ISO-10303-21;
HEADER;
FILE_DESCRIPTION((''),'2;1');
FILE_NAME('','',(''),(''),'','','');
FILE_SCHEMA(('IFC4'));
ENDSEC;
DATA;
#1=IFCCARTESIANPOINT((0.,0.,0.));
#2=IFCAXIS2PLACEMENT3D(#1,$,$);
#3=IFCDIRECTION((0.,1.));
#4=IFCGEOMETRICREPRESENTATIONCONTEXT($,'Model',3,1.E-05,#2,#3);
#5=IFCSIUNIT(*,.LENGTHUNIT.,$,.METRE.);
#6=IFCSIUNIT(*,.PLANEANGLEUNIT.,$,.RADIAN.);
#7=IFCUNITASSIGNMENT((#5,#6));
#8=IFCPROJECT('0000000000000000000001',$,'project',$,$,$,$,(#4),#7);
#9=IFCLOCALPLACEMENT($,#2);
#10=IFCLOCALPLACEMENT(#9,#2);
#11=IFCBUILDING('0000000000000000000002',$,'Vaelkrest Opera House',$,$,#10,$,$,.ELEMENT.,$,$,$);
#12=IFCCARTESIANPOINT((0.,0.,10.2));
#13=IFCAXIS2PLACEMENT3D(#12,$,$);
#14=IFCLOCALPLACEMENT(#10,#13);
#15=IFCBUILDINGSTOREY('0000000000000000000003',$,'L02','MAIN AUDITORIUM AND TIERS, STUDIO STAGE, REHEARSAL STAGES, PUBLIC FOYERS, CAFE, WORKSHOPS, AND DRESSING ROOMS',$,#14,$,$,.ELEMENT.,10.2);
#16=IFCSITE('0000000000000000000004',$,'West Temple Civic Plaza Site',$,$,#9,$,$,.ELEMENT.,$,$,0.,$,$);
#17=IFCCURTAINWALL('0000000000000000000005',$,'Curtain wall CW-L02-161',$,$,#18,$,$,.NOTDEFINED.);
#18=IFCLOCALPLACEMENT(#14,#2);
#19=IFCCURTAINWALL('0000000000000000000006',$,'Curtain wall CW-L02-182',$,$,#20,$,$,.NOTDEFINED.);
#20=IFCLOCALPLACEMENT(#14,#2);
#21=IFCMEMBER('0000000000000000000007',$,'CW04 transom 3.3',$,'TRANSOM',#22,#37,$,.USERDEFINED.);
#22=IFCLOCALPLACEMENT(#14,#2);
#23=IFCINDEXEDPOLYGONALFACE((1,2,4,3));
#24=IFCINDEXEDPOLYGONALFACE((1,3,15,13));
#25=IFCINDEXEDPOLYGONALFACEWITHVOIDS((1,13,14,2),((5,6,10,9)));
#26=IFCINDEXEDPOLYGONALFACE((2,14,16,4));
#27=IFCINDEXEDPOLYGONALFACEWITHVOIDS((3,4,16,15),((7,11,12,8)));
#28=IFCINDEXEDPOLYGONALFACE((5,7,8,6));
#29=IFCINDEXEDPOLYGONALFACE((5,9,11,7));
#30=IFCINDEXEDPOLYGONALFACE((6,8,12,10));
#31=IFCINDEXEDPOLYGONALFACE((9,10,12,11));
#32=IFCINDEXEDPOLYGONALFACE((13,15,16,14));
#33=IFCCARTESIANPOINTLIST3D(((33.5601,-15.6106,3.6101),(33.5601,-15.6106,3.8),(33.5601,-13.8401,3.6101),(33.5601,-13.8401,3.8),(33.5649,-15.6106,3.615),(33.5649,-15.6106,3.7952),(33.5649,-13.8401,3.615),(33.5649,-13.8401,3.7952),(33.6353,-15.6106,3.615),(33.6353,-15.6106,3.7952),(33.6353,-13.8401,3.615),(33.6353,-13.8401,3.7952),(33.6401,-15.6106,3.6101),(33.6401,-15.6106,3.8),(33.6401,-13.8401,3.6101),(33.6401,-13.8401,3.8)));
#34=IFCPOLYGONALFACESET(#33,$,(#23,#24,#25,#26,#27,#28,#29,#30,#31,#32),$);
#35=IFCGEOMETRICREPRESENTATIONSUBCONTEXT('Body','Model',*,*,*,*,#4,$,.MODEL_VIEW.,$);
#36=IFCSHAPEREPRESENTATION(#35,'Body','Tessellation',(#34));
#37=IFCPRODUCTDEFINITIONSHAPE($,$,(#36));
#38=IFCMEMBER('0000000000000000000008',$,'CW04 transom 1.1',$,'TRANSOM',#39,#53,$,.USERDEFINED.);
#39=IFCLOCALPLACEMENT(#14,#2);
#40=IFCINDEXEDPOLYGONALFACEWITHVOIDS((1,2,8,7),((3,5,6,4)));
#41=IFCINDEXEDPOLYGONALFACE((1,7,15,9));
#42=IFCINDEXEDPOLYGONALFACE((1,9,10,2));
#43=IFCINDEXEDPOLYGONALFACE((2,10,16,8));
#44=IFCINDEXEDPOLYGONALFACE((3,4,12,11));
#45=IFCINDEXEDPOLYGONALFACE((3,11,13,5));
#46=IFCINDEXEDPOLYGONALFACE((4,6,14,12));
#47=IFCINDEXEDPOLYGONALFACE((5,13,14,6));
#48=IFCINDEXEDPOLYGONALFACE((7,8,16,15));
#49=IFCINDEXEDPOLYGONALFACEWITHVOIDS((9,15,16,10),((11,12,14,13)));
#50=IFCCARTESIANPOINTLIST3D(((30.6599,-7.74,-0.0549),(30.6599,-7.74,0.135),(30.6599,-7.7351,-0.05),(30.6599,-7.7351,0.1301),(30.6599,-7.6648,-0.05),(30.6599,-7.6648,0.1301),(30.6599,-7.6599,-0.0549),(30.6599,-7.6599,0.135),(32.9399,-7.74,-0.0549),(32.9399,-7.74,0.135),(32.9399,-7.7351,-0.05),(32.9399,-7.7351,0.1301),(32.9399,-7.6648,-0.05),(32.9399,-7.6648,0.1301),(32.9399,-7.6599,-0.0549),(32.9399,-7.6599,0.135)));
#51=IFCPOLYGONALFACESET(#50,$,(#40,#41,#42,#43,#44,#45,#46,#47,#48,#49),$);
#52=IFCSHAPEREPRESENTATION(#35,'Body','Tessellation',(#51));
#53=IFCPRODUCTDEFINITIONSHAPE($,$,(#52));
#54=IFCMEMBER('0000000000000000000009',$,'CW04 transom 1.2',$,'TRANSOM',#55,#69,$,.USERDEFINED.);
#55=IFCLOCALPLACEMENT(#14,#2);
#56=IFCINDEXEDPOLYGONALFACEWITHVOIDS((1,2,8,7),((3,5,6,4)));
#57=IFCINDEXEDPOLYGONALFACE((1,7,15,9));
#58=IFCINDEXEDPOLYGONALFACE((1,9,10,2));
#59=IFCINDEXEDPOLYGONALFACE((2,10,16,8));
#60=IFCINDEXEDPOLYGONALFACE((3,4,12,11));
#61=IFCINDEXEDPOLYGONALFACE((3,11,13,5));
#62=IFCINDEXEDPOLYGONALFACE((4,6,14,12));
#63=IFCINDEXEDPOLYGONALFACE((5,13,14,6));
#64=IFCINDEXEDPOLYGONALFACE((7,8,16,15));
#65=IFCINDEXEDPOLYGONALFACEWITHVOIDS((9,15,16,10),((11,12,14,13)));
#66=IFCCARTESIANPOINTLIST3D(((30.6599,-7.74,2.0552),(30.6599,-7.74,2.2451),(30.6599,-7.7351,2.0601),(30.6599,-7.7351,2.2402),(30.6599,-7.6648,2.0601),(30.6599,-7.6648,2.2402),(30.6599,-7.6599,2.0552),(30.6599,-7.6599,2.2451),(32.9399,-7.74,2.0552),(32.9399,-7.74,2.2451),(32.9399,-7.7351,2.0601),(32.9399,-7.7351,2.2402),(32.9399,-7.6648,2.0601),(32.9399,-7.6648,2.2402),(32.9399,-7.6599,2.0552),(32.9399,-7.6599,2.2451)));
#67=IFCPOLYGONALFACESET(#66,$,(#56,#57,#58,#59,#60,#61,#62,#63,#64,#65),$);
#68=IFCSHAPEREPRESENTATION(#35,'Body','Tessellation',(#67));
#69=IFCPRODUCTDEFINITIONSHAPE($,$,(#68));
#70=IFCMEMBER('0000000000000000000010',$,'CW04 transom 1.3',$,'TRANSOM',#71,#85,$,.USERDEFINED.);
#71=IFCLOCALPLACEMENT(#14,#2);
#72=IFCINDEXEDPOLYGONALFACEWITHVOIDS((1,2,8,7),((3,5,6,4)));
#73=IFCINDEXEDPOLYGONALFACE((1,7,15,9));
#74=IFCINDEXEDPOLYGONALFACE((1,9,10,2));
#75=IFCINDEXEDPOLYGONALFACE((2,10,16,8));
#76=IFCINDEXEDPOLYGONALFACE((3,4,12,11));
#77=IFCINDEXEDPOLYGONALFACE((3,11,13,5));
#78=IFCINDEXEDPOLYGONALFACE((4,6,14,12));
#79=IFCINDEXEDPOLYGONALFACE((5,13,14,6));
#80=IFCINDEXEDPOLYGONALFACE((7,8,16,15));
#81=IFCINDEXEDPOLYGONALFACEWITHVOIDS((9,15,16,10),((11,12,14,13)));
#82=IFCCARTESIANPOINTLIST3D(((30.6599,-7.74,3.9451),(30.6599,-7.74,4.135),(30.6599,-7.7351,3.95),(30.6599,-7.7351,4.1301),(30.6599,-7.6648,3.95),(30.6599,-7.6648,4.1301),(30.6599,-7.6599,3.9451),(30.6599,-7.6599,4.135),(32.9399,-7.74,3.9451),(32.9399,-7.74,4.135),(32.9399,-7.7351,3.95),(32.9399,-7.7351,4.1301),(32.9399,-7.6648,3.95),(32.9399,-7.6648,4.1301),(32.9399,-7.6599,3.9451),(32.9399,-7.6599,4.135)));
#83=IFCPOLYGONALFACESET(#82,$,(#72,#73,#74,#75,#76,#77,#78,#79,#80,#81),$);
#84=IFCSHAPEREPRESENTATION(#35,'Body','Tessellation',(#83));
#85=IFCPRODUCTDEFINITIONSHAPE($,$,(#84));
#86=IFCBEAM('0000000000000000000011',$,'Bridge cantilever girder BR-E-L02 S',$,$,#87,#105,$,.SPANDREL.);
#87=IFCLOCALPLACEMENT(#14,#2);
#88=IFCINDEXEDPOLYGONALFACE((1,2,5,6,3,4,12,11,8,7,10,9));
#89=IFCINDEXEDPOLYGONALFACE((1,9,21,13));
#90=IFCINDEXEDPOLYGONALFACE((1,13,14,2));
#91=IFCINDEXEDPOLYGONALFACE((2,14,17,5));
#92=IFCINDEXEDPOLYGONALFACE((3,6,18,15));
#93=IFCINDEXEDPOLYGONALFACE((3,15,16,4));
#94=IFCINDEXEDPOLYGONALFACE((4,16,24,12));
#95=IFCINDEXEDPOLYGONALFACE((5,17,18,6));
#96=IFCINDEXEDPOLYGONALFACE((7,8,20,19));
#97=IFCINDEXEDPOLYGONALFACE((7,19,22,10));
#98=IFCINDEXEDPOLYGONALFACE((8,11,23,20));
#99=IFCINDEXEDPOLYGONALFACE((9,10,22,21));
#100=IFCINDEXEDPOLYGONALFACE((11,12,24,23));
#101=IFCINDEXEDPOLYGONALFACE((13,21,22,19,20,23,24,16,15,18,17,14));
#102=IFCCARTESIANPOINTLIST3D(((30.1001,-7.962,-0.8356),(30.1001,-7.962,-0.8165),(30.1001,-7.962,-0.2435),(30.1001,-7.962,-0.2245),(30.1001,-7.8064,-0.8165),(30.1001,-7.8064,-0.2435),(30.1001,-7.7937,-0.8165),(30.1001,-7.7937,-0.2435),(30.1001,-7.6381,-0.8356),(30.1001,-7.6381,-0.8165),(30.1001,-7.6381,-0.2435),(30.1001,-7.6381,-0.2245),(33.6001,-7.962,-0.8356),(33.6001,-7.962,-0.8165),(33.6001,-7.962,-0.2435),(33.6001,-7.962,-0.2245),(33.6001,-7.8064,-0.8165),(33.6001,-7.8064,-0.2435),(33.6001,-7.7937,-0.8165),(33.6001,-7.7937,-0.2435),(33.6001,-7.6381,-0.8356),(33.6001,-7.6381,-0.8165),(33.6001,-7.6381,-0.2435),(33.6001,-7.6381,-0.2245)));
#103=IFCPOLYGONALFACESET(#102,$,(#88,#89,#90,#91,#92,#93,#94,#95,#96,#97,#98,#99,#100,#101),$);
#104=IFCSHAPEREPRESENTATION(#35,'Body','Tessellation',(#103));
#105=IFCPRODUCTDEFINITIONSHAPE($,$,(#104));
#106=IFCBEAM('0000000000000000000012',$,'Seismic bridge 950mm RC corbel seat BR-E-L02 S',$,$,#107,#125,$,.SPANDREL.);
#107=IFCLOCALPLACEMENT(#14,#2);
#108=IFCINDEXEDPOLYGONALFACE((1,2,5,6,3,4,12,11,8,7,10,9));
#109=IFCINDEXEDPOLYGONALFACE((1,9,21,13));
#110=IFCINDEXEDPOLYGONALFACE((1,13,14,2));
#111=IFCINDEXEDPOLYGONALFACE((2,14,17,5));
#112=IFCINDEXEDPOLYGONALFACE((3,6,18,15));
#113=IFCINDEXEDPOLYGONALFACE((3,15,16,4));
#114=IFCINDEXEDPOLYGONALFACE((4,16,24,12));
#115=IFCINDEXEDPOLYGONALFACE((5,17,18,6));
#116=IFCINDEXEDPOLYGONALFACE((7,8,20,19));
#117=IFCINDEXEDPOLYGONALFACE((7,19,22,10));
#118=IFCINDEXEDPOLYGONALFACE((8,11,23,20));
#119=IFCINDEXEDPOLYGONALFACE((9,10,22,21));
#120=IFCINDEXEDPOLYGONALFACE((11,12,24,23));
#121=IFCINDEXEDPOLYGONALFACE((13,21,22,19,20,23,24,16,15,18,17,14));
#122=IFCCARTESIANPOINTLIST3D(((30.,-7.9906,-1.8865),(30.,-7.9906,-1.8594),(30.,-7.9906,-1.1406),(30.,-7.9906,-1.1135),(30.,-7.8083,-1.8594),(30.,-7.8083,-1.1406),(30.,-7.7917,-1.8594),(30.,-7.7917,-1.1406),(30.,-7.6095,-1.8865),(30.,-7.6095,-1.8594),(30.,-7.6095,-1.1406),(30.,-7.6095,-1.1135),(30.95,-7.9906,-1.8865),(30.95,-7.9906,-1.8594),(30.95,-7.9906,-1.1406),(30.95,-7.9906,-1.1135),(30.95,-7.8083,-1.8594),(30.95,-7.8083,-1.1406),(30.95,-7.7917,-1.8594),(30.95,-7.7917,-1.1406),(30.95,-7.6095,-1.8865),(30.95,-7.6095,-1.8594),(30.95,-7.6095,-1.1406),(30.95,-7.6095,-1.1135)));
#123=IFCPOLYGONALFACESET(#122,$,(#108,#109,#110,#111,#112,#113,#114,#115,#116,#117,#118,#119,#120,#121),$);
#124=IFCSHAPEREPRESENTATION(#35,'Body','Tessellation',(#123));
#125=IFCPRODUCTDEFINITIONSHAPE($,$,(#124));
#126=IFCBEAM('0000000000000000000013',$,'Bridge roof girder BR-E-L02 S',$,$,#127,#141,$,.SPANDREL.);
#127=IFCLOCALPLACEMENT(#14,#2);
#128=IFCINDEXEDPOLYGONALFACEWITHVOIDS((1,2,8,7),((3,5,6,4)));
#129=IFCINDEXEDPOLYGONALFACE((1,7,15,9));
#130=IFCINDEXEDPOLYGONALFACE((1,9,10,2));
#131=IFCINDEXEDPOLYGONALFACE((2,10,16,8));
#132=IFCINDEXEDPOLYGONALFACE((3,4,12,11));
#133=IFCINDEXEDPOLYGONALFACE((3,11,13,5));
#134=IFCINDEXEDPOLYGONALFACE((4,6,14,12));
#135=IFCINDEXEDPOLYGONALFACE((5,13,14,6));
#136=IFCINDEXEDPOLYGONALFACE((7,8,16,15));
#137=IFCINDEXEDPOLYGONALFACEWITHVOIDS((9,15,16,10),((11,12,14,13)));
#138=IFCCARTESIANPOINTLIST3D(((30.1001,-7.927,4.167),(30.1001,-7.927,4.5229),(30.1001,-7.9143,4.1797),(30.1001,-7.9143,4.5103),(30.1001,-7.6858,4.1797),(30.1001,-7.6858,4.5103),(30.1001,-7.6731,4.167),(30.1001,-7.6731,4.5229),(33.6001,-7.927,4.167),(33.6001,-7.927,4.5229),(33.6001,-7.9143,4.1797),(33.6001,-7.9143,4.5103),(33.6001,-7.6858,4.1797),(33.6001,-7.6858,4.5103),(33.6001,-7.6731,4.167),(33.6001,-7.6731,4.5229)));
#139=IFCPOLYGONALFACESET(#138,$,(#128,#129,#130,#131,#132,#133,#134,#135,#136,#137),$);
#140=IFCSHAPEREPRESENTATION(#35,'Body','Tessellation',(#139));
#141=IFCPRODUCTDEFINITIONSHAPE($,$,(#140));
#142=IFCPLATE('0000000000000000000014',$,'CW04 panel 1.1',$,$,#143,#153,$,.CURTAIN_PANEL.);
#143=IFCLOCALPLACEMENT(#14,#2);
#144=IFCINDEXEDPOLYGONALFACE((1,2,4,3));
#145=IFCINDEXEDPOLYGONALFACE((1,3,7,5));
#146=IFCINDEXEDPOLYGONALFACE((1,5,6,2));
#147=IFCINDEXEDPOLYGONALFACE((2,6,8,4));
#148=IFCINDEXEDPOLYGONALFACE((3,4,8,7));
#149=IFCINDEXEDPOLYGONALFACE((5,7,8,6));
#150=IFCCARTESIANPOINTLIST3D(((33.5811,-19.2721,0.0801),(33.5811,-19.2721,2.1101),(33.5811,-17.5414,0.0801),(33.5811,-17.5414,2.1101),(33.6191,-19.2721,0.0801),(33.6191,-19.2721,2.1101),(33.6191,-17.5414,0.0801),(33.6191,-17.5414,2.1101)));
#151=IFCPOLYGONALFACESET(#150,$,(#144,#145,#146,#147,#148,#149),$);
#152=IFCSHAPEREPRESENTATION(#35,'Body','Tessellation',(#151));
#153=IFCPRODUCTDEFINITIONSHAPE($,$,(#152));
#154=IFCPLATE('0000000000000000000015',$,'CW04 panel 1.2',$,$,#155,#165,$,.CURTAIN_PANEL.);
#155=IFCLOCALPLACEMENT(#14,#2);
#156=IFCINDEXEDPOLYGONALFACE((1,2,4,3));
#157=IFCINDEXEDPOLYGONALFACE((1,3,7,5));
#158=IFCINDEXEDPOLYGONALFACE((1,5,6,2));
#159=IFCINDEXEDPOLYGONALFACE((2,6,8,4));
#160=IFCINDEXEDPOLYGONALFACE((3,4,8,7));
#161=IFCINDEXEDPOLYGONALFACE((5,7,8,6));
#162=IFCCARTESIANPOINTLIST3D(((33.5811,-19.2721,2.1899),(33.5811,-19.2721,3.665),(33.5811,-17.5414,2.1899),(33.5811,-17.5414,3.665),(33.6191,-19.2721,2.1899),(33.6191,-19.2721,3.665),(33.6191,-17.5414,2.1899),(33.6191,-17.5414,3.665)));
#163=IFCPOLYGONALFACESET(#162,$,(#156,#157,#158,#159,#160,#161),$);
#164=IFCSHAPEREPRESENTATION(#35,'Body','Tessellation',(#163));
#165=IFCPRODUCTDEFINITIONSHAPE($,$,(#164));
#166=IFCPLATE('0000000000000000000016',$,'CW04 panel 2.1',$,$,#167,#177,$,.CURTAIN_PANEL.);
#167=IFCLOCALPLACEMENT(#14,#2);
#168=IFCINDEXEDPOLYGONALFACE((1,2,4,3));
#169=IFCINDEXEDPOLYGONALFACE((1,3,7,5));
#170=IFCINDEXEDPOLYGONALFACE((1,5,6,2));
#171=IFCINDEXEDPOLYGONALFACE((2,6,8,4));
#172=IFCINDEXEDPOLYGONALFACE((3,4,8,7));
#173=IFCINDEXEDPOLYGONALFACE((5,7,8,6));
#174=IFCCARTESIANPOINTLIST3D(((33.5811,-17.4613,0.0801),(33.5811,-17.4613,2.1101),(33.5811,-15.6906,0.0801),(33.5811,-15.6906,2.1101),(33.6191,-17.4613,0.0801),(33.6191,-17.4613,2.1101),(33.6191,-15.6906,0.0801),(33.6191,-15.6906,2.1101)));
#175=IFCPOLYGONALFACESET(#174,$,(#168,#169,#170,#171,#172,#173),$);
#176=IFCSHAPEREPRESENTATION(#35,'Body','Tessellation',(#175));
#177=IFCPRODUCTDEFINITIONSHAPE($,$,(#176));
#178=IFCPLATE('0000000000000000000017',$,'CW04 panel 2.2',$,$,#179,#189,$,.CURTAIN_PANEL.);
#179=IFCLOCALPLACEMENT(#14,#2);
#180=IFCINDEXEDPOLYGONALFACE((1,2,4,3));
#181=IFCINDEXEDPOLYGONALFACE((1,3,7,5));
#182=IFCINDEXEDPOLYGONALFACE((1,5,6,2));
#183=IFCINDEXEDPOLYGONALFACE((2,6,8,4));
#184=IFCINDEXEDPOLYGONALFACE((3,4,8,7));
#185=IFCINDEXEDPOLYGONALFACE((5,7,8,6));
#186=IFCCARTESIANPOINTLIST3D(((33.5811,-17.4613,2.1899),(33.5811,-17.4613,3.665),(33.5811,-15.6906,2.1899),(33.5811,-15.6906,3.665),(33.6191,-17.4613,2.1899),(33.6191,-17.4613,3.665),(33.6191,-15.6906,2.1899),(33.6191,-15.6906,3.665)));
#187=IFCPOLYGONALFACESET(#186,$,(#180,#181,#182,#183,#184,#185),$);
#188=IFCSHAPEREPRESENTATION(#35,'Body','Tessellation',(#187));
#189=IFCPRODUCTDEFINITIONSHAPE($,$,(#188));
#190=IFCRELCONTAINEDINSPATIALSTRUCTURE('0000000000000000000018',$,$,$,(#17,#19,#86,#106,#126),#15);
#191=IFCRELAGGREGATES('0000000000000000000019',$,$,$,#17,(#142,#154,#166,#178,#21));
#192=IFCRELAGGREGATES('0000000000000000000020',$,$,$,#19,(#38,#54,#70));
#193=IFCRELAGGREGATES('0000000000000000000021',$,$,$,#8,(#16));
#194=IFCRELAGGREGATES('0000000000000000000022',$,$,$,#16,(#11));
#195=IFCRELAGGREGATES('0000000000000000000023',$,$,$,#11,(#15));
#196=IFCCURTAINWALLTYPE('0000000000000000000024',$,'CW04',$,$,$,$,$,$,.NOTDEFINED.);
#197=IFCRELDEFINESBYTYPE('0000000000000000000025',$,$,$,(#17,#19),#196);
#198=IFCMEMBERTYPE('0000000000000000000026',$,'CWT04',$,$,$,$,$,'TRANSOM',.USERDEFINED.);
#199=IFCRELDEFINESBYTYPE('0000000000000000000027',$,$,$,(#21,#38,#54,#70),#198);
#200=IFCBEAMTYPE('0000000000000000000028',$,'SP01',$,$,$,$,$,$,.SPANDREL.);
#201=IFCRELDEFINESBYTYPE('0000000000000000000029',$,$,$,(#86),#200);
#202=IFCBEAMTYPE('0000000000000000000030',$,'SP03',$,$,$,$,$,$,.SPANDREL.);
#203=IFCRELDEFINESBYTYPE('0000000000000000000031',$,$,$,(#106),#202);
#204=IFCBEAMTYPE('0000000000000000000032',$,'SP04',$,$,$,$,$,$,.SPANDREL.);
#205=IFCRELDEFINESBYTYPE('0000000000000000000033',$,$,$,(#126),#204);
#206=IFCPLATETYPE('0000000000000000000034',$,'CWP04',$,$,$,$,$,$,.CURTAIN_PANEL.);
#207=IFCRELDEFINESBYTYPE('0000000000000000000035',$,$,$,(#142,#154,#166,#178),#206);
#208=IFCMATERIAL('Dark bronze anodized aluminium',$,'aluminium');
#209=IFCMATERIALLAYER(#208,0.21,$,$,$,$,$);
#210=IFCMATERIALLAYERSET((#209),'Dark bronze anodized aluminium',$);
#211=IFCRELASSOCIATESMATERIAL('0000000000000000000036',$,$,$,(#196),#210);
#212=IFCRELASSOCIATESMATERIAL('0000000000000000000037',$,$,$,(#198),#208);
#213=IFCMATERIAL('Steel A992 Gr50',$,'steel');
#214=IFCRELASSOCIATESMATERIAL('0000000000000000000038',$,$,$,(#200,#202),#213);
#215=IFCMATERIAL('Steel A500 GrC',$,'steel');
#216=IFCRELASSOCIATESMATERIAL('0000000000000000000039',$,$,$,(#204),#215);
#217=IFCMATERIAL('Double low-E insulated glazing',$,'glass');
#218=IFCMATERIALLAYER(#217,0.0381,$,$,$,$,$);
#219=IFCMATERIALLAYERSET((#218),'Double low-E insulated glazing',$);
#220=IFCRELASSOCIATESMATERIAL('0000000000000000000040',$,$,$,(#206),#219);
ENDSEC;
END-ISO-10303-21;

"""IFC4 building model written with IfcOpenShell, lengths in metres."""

from ifc_helpers import new_model, si_unit, direction, frame, origin, origin_2d, place, context, subcontext, project, spatial, rectangle, hollow_rectangle, i_section, extrude, material, layer, layer_set, material_profile, profile_set, type_object, element, aggregate, save


model = new_model("IFC4")

# Units and contexts
model_context = context("Model", 3, precision=1e-05, world=origin(), true_north=direction((0.0, 1.0)))
body_context = subcontext(model_context, "Body", "Model", "MODEL_VIEW")
ifc_project = project(units=[si_unit("LENGTHUNIT", "METRE"), si_unit("PLANEANGLEUNIT", "RADIAN")], contexts=[model_context])

# Site, building, storey
site_placement = place(None, origin())
site = spatial("IfcSite", under=ifc_project, at=site_placement, Name="West Temple Civic Plaza Site", CompositionType="ELEMENT", RefElevation=0.0)
building_placement = place(site_placement, origin())
building = spatial("IfcBuilding", under=site, at=building_placement, Name="Vaelkrest Opera House", CompositionType="ELEMENT")
storey_placement = place(building_placement, frame((0.0, 0.0, 10.2)))
storey = spatial("IfcBuildingStorey", under=building, at=storey_placement, Name="L02", Description="MAIN AUDITORIUM AND TIERS, STUDIO STAGE, REHEARSAL STAGES, PUBLIC FOYERS, CAFE, WORKSHOPS, AND DRESSING ROOMS", CompositionType="ELEMENT", Elevation=10.2)

# Curtain walls
ifc_material_1 = material(Name="Dark bronze anodized aluminium", Category="aluminium")
ifc_layer_1 = layer(ifc_material_1, 0.21)
ifc_layer_set_1 = layer_set([ifc_layer_1], Name="Dark bronze anodized aluminium")
curtain_wall_type = type_object("IfcCurtainWallType", Name="CW04", PredefinedType="NOTDEFINED", material=ifc_layer_set_1)
curtain_wall_1_placement = place(storey_placement, origin())
curtain_wall_1 = element("IfcCurtainWall", 1, at=curtain_wall_1_placement, inside=storey, type_object=curtain_wall_type, Name="Curtain wall CW-L02-161", PredefinedType="NOTDEFINED")
curtain_wall_2_placement = place(storey_placement, origin())
curtain_wall_2 = element("IfcCurtainWall", 2, at=curtain_wall_2_placement, inside=storey, type_object=curtain_wall_type, Name="Curtain wall CW-L02-182", PredefinedType="NOTDEFINED")

# Members
ifc_material_profile_1 = material_profile(ifc_material_1, hollow_rectangle(XDim=0.0801, YDim=0.1899, WallThickness=0.0049, at=origin_2d()), Name="CWT80X190")
ifc_profile_set_1 = profile_set([ifc_material_profile_1], Name="Dark bronze anodized aluminium")
member_type_1 = type_object("IfcMemberType", Name="CWT04", ElementType="TRANSOM", PredefinedType="USERDEFINED", material=ifc_profile_set_1)
member_1_placement = place(storey_placement, frame((33.6001, -15.6106, 3.7051), z_axis=(0.0, 1.0, 0.0), x_axis=(-1.0, 0.0, 0.0)))
member_1 = element("IfcMember", 3, at=member_1_placement, type_object=member_type_1, Name="CW04 transom 3.3", ObjectType="TRANSOM", PredefinedType="USERDEFINED", context=body_context, shape_type="SweptSolid", body=[
    extrude(hollow_rectangle(XDim=0.0801, YDim=0.1899, WallThickness=0.0049, at=origin_2d()), origin(), (0.0, 0.0, 1.0), 1.7705),
])
member_2_placement = place(storey_placement, frame((32.9399, -7.7, 0.04), z_axis=(-1.0, 0.0, 0.0), x_axis=(0.0, -1.0, 0.0)))
member_2 = element("IfcMember", 4, at=member_2_placement, type_object=member_type_1, Name="CW04 transom 1.1", ObjectType="TRANSOM", PredefinedType="USERDEFINED", context=body_context, shape_type="SweptSolid", body=[
    extrude(hollow_rectangle(XDim=0.0801, YDim=0.1899, WallThickness=0.0049, at=origin_2d()), origin(), (0.0, 0.0, 1.0), 2.28),
])
member_3_placement = place(storey_placement, frame((32.9399, -7.7, 2.1501), z_axis=(-1.0, 0.0, 0.0), x_axis=(0.0, -1.0, 0.0)))
member_3 = element("IfcMember", 5, at=member_3_placement, type_object=member_type_1, Name="CW04 transom 1.2", ObjectType="TRANSOM", PredefinedType="USERDEFINED", context=body_context, shape_type="SweptSolid", body=[
    extrude(hollow_rectangle(XDim=0.0801, YDim=0.1899, WallThickness=0.0049, at=origin_2d()), origin(), (0.0, 0.0, 1.0), 2.28),
])
member_4_placement = place(storey_placement, frame((32.9399, -7.7, 4.04), z_axis=(-1.0, 0.0, 0.0), x_axis=(0.0, -1.0, 0.0)))
member_4 = element("IfcMember", 6, at=member_4_placement, type_object=member_type_1, Name="CW04 transom 1.3", ObjectType="TRANSOM", PredefinedType="USERDEFINED", context=body_context, shape_type="SweptSolid", body=[
    extrude(hollow_rectangle(XDim=0.0801, YDim=0.1899, WallThickness=0.0049, at=origin_2d()), origin(), (0.0, 0.0, 1.0), 2.28),
])

# Beams
ifc_material_2 = material(Name="Steel A992 Gr50", Category="steel")
ifc_material_profile_2 = material_profile(ifc_material_2, i_section(OverallWidth=0.324, OverallDepth=0.6111, WebThickness=0.0127, FlangeThickness=0.019, at=origin_2d()), Name="W24X104")
ifc_profile_set_2 = profile_set([ifc_material_profile_2], Name="Steel A992 Gr50")
beam_type_1 = type_object("IfcBeamType", Name="SP01", PredefinedType="SPANDREL", material=ifc_profile_set_2)
beam_1_placement = place(storey_placement, frame((30.1001, -7.8, -0.53), z_axis=(1.0, 0.0, 0.0), x_axis=(0.0, 1.0, 0.0)))
element("IfcBeam", 7, at=beam_1_placement, inside=storey, type_object=beam_type_1, Name="Bridge cantilever girder BR-E-L02 S", PredefinedType="SPANDREL", context=body_context, shape_type="SweptSolid", body=[
    extrude(i_section(OverallWidth=0.324, OverallDepth=0.6111, WebThickness=0.0127, FlangeThickness=0.019, at=origin_2d()), origin(), (0.0, 0.0, 1.0), 3.5),
])
ifc_material_profile_3 = material_profile(ifc_material_2, i_section(OverallWidth=0.3811, OverallDepth=0.7729, WebThickness=0.0166, FlangeThickness=0.0271, at=origin_2d()), Name="W30X173")
ifc_profile_set_3 = profile_set([ifc_material_profile_3], Name="Steel A992 Gr50")
beam_type_2 = type_object("IfcBeamType", Name="SP03", PredefinedType="SPANDREL", material=ifc_profile_set_3)
beam_2_placement = place(storey_placement, frame((30.0, -7.8, -1.5), z_axis=(1.0, 0.0, 0.0), x_axis=(0.0, 1.0, 0.0)))
element("IfcBeam", 8, at=beam_2_placement, inside=storey, type_object=beam_type_2, Name="Seismic bridge 950mm RC corbel seat BR-E-L02 S", PredefinedType="SPANDREL", context=body_context, shape_type="SweptSolid", body=[
    extrude(i_section(OverallWidth=0.3811, OverallDepth=0.7729, WebThickness=0.0166, FlangeThickness=0.0271, at=origin_2d()), origin(), (0.0, 0.0, 1.0), 0.95),
])
ifc_material_3 = material(Name="Steel A500 GrC", Category="steel")
ifc_material_profile_4 = material_profile(ifc_material_3, hollow_rectangle(XDim=0.2539, YDim=0.356, WallThickness=0.0127, at=origin_2d()), Name="HSS356X254X12.7")
ifc_profile_set_4 = profile_set([ifc_material_profile_4], Name="Steel A500 GrC")
beam_type_3 = type_object("IfcBeamType", Name="SP04", PredefinedType="SPANDREL", material=ifc_profile_set_4)
beam_3_placement = place(storey_placement, frame((30.1001, -7.8, 4.345), z_axis=(1.0, 0.0, 0.0), x_axis=(0.0, 1.0, 0.0)))
element("IfcBeam", 9, at=beam_3_placement, inside=storey, type_object=beam_type_3, Name="Bridge roof girder BR-E-L02 S", PredefinedType="SPANDREL", context=body_context, shape_type="SweptSolid", body=[
    extrude(hollow_rectangle(XDim=0.2539, YDim=0.356, WallThickness=0.0127, at=origin_2d()), origin(), (0.0, 0.0, 1.0), 3.5),
])

# Plates
ifc_material_4 = material(Name="Double low-E insulated glazing", Category="glass")
ifc_layer_2 = layer(ifc_material_4, 0.0381)
ifc_layer_set_2 = layer_set([ifc_layer_2], Name="Double low-E insulated glazing")
plate_type = type_object("IfcPlateType", Name="CWP04", PredefinedType="CURTAIN_PANEL", material=ifc_layer_set_2)
plate_1_placement = place(storey_placement, frame((33.6001, -18.4067, 0.0801), z_axis=(0.0, 0.0, 1.0), x_axis=(0.0, 1.0, 0.0)))
plate_1 = element("IfcPlate", 10, at=plate_1_placement, type_object=plate_type, Name="CW04 panel 1.1", PredefinedType="CURTAIN_PANEL", context=body_context, shape_type="SweptSolid", body=[
    extrude(rectangle(XDim=1.7307, YDim=0.0381, at=origin_2d()), origin(), (0.0, 0.0, 1.0), 2.03),
])
plate_2_placement = place(storey_placement, frame((33.6001, -18.4067, 2.1899), z_axis=(0.0, 0.0, 1.0), x_axis=(0.0, 1.0, 0.0)))
plate_2 = element("IfcPlate", 11, at=plate_2_placement, type_object=plate_type, Name="CW04 panel 1.2", PredefinedType="CURTAIN_PANEL", context=body_context, shape_type="SweptSolid", body=[
    extrude(rectangle(XDim=1.7307, YDim=0.0381, at=origin_2d()), origin(), (0.0, 0.0, 1.0), 1.4751),
])
plate_3_placement = place(storey_placement, frame((33.6001, -16.5759, 0.0801), z_axis=(0.0, 0.0, 1.0), x_axis=(0.0, 1.0, 0.0)))
plate_3 = element("IfcPlate", 12, at=plate_3_placement, type_object=plate_type, Name="CW04 panel 2.1", PredefinedType="CURTAIN_PANEL", context=body_context, shape_type="SweptSolid", body=[
    extrude(rectangle(XDim=1.7708, YDim=0.0381, at=origin_2d()), origin(), (0.0, 0.0, 1.0), 2.03),
])
plate_4_placement = place(storey_placement, frame((33.6001, -16.5759, 2.1899), z_axis=(0.0, 0.0, 1.0), x_axis=(0.0, 1.0, 0.0)))
plate_4 = element("IfcPlate", 13, at=plate_4_placement, type_object=plate_type, Name="CW04 panel 2.2", PredefinedType="CURTAIN_PANEL", context=body_context, shape_type="SweptSolid", body=[
    extrude(rectangle(XDim=1.7708, YDim=0.0381, at=origin_2d()), origin(), (0.0, 0.0, 1.0), 1.4751),
])
aggregate(curtain_wall_1, [plate_1, plate_2, plate_3, plate_4, member_1])
aggregate(curtain_wall_2, [member_2, member_3, member_4])

save(model, "model.ifc")
